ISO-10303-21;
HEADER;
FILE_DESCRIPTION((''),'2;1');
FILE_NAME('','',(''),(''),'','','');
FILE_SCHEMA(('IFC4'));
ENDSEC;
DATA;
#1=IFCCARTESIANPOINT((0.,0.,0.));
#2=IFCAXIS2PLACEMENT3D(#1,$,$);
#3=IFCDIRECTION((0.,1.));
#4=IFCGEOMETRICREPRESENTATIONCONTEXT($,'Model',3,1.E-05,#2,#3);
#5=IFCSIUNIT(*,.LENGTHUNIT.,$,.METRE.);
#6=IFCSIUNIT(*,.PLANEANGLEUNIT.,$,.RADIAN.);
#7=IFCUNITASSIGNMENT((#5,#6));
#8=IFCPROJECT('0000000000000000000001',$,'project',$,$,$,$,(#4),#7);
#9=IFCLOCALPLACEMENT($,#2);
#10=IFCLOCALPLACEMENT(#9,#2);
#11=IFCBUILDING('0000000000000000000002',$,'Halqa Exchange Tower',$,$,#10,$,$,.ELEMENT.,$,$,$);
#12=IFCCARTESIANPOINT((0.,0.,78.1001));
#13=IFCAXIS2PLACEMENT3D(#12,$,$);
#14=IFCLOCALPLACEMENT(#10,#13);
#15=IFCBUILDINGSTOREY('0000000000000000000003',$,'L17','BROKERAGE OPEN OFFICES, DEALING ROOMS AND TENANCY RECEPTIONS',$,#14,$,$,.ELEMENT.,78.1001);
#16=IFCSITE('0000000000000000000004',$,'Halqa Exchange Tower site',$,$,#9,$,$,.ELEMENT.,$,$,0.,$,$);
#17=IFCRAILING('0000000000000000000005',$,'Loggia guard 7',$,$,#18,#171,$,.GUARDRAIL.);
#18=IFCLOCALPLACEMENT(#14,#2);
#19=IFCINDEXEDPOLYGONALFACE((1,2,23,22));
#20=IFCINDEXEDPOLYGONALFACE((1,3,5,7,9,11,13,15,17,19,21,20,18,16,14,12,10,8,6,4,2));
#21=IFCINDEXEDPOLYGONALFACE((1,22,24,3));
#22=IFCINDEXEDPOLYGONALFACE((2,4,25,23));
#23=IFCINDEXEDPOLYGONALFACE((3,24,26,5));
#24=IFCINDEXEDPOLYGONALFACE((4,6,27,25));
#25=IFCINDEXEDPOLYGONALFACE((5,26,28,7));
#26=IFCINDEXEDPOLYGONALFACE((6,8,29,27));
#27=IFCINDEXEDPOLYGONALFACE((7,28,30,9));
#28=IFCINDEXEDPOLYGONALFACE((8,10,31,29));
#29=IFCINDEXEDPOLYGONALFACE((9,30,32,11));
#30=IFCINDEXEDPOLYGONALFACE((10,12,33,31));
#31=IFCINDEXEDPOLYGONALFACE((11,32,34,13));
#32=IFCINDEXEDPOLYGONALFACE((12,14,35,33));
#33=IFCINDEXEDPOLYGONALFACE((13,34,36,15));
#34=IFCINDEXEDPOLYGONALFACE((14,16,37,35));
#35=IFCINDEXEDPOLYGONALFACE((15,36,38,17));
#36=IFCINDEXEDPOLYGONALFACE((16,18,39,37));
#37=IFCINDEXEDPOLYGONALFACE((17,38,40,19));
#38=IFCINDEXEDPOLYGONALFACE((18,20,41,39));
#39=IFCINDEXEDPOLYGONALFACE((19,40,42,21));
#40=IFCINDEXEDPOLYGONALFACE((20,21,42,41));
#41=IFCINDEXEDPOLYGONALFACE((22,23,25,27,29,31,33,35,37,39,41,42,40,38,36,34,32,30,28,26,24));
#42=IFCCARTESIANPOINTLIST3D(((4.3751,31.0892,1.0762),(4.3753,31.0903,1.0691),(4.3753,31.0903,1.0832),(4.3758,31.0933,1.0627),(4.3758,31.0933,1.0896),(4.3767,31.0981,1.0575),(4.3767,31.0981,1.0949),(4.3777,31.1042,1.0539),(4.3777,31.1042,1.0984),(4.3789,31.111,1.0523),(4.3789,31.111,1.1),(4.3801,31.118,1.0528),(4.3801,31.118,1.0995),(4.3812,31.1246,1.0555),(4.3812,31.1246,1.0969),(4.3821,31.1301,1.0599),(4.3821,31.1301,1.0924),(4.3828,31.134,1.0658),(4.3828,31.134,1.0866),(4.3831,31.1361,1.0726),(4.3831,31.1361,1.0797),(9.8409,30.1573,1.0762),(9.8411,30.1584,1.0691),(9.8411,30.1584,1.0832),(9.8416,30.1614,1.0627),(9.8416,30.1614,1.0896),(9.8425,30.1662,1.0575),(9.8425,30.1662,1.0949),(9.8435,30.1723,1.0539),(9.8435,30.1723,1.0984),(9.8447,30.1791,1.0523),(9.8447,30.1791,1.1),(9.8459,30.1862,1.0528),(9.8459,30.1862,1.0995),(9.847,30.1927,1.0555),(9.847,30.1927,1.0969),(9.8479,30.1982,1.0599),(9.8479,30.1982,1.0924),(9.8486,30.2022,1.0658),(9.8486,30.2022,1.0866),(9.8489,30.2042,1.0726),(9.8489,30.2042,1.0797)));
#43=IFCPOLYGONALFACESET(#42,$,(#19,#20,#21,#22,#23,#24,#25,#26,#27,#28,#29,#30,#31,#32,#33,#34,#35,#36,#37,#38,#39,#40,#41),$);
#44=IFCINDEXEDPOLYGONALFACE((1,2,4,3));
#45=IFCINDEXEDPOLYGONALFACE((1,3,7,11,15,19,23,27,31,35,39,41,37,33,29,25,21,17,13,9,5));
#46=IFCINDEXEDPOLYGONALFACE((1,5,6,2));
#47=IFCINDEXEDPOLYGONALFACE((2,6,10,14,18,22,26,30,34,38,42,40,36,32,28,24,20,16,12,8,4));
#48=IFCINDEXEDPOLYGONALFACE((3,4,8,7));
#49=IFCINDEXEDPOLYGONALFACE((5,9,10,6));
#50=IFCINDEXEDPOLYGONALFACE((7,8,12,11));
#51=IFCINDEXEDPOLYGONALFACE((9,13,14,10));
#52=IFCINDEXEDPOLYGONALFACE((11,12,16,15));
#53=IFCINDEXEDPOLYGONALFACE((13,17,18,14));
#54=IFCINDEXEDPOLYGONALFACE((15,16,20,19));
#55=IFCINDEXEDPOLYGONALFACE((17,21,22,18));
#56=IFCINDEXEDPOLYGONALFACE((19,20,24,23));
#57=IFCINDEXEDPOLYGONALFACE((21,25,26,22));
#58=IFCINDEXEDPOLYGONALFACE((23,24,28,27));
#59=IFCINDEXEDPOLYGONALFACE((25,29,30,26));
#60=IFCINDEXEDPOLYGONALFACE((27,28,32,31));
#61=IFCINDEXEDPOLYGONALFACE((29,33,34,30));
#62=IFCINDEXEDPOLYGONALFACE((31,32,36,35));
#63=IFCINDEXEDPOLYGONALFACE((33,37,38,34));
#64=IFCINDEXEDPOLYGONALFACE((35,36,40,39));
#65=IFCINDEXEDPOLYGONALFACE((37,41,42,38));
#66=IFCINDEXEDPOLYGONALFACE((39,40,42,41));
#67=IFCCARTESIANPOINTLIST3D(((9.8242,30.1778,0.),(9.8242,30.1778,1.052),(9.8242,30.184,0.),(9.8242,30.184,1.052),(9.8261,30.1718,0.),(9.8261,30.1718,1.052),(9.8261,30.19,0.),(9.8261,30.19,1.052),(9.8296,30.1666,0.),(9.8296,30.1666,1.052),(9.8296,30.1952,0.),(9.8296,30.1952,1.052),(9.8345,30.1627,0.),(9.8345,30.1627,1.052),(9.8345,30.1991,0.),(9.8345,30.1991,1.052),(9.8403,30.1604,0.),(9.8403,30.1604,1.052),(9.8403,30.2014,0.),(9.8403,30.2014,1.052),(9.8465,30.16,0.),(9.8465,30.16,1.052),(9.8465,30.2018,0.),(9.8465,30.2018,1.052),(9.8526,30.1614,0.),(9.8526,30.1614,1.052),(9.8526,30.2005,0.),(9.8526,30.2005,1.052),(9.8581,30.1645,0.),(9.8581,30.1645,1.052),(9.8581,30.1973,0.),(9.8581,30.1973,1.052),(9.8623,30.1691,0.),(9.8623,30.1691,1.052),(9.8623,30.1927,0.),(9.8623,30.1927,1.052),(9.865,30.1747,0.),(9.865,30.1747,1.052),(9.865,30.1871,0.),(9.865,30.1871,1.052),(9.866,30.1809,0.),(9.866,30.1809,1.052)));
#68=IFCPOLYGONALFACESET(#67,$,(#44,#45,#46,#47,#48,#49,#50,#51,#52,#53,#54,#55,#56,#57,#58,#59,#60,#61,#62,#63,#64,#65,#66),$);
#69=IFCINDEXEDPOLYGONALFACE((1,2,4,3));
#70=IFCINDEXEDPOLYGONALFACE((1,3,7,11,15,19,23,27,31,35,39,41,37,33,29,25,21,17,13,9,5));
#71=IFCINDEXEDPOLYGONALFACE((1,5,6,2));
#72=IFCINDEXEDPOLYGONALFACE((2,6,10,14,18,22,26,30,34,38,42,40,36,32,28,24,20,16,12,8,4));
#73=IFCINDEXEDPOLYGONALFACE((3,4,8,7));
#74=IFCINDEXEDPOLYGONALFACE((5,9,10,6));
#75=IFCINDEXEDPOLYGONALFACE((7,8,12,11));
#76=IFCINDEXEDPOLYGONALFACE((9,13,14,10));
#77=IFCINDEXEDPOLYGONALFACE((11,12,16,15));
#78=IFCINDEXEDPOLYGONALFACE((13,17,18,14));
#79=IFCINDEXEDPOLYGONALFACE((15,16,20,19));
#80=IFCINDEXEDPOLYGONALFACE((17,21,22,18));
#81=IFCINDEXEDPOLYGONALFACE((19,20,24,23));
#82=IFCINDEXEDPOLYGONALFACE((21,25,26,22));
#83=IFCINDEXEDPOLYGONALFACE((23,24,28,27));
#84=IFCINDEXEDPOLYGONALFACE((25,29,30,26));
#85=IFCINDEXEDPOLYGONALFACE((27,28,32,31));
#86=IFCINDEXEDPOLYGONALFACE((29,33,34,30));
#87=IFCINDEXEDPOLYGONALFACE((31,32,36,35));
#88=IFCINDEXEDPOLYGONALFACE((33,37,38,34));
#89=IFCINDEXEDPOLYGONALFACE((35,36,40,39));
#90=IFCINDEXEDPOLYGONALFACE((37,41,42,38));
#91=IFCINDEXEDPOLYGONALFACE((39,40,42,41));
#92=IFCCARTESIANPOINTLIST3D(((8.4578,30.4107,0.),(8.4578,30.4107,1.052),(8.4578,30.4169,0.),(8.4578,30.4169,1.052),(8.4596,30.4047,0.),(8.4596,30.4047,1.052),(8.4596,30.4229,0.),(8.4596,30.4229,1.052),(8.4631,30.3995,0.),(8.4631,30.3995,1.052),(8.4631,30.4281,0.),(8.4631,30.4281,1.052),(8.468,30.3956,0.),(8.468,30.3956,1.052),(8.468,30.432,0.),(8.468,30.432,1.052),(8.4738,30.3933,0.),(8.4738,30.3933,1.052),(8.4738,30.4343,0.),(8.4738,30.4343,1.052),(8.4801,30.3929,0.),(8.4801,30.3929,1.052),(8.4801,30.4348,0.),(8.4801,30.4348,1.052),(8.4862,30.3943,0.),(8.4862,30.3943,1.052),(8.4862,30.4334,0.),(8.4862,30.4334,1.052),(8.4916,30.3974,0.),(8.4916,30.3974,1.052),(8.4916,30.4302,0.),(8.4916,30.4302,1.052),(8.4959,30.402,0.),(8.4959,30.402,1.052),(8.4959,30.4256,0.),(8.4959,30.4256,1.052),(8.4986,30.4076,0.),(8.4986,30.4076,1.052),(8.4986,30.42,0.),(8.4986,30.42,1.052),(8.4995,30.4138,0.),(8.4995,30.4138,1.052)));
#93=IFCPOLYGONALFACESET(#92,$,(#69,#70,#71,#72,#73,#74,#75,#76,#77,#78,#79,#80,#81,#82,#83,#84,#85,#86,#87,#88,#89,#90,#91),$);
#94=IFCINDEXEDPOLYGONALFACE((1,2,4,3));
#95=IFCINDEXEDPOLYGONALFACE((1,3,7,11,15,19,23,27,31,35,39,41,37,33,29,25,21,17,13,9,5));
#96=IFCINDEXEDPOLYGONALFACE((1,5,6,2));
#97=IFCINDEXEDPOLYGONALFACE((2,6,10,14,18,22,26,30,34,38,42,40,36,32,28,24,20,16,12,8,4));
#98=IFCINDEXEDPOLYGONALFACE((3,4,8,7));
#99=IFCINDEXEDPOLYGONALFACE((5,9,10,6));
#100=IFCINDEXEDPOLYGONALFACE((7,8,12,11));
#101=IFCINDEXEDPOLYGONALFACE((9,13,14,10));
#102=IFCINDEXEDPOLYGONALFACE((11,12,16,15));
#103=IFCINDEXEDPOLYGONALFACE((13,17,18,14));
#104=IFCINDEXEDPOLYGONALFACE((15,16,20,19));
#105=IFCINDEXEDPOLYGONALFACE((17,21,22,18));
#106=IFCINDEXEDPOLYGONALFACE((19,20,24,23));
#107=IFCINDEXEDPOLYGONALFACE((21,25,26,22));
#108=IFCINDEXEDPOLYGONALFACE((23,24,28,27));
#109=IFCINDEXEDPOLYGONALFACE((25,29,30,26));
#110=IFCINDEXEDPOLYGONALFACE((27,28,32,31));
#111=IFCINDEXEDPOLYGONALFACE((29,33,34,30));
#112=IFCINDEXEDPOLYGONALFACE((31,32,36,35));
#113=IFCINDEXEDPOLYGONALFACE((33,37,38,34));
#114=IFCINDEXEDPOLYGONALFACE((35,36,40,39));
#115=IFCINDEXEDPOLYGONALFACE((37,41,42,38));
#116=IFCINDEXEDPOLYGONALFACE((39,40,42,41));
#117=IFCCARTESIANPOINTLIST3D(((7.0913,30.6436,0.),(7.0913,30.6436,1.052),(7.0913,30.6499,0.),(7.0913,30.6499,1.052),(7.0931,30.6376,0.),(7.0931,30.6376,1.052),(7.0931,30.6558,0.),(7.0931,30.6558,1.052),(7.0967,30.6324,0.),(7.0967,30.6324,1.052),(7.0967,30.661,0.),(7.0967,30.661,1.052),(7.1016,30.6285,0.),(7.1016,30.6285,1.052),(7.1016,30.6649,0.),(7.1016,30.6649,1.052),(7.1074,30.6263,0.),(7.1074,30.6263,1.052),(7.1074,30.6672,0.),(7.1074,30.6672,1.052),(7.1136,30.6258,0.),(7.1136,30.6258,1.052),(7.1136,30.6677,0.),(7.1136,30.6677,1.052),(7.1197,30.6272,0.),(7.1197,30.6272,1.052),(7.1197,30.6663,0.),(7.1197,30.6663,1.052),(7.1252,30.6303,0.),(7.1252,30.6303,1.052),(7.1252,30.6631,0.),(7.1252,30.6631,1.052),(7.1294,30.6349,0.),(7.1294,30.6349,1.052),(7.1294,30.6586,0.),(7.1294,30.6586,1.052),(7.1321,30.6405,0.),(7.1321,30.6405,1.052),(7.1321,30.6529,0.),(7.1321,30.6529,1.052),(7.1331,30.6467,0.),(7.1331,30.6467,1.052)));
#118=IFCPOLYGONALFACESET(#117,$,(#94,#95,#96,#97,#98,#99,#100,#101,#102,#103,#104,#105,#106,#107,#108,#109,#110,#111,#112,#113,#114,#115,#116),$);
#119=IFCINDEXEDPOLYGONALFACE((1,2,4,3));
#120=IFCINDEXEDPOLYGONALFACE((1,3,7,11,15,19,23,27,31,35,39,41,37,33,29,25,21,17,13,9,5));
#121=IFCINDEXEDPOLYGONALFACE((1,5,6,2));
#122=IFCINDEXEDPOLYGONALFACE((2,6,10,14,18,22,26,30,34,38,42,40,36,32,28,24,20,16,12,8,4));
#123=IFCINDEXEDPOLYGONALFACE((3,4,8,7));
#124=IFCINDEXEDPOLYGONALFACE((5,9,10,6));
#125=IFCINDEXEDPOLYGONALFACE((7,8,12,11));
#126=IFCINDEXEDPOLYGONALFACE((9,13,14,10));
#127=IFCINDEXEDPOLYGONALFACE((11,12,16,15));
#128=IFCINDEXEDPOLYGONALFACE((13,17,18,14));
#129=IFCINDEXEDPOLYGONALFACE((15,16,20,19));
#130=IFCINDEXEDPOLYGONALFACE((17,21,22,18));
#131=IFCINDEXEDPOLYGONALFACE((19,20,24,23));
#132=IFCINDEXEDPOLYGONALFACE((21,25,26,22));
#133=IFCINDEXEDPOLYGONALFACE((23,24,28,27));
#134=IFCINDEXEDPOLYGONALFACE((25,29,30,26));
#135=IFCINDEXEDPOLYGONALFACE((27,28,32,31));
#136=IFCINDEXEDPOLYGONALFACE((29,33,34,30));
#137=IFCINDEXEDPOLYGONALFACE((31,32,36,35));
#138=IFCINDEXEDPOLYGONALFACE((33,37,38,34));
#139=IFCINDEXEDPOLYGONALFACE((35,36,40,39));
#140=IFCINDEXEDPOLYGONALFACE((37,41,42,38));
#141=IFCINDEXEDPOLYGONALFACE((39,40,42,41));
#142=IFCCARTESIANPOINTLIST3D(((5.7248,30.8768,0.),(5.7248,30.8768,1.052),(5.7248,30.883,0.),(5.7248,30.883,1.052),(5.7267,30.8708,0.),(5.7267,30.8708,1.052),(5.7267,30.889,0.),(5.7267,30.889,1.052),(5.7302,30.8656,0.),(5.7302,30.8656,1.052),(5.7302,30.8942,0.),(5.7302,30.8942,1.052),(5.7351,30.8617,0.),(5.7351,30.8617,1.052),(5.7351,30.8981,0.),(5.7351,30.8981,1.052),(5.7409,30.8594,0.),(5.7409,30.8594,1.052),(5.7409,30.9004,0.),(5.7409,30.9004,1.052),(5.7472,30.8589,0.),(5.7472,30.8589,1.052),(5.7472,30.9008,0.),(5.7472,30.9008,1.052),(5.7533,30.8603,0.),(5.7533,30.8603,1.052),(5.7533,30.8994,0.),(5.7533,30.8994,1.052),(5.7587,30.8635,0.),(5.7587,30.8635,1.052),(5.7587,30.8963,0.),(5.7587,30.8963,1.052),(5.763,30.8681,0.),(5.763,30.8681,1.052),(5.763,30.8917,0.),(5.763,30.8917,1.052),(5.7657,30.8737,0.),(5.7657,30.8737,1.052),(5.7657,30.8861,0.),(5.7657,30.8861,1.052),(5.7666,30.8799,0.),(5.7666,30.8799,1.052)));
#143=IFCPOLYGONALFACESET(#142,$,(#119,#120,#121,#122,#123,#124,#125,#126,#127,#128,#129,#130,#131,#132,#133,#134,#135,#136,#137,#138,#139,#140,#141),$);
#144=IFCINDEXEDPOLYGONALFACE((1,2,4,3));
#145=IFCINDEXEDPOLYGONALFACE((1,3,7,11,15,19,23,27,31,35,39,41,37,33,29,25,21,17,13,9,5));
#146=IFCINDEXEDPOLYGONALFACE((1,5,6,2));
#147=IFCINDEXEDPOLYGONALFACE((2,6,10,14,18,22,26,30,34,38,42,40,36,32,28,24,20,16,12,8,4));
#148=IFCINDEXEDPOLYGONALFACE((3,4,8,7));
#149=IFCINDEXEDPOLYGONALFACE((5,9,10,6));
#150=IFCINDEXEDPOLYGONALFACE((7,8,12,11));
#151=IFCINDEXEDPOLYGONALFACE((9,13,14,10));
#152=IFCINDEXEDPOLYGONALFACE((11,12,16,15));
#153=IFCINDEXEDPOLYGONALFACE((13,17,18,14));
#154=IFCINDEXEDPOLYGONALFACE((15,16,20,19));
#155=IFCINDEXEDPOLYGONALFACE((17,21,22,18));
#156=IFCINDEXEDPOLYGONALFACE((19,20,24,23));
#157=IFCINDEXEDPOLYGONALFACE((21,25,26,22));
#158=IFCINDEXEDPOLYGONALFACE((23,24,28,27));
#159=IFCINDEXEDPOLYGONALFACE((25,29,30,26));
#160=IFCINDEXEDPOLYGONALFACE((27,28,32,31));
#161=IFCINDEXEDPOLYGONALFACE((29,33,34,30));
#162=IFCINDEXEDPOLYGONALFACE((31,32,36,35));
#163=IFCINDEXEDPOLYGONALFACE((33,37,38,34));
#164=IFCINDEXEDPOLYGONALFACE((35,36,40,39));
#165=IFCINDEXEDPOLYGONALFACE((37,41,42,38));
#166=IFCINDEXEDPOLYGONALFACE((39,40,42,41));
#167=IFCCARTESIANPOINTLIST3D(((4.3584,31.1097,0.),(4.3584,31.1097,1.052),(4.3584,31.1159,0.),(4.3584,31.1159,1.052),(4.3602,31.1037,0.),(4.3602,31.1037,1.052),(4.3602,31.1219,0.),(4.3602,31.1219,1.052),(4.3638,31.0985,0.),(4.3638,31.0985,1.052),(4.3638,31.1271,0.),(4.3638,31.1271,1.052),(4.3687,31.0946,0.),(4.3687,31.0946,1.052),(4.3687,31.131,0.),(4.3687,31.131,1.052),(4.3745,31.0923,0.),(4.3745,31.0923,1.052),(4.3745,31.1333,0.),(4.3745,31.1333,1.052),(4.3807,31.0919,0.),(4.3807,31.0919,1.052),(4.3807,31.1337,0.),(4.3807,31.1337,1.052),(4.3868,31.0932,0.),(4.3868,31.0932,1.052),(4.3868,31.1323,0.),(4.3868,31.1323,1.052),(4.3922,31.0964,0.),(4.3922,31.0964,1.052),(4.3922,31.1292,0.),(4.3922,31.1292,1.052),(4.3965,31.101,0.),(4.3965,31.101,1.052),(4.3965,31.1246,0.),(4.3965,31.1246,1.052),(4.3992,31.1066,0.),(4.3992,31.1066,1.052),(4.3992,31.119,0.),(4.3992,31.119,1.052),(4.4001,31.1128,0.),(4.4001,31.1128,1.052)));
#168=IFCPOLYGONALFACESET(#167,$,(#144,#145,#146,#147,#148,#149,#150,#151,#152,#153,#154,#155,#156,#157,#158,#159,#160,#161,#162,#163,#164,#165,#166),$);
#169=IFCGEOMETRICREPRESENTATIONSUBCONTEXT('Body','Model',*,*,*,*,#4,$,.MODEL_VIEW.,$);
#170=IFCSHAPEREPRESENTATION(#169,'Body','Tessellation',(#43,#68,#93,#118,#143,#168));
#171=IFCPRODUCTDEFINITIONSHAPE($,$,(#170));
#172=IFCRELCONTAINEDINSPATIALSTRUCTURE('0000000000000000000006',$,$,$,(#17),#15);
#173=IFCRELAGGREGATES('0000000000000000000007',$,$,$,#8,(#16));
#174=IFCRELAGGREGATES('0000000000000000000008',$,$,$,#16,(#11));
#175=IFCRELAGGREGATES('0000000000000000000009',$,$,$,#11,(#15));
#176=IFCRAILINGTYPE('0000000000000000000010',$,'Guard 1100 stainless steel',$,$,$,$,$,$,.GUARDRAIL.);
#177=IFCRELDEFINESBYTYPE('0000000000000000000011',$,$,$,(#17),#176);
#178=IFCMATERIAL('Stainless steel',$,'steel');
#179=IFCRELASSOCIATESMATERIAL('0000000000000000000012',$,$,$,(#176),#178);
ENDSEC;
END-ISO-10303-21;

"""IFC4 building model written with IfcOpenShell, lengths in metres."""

from ifc_helpers import new_model, si_unit, direction, frame, origin, origin_2d, place, context, subcontext, project, spatial, circle, extrude, material, type_object, element, save


model = new_model("IFC4")

# Units and contexts
model_context = context("Model", 3, precision=1e-05, world=origin(), true_north=direction((0.0, 1.0)))
body_context = subcontext(model_context, "Body", "Model", "MODEL_VIEW")
ifc_project = project(units=[si_unit("LENGTHUNIT", "METRE"), si_unit("PLANEANGLEUNIT", "RADIAN")], contexts=[model_context])

# Site, building, storey
site_placement = place(None, origin())
site = spatial("IfcSite", under=ifc_project, at=site_placement, Name="Halqa Exchange Tower site", CompositionType="ELEMENT", RefElevation=0.0)
building_placement = place(site_placement, origin())
building = spatial("IfcBuilding", under=site, at=building_placement, Name="Halqa Exchange Tower", CompositionType="ELEMENT")
storey_placement = place(building_placement, frame((0.0, 0.0, 78.1001)))
storey = spatial("IfcBuildingStorey", under=building, at=storey_placement, Name="L17", Description="BROKERAGE OPEN OFFICES, DEALING ROOMS AND TENANCY RECEPTIONS", CompositionType="ELEMENT", Elevation=78.1001)

# Railing
ifc_material_1 = material(Name="Stainless steel", Category="steel")
railing_type_1 = type_object("IfcRailingType", Name="Guard 1100 stainless steel", PredefinedType="GUARDRAIL", material=ifc_material_1)
railing_1_placement = place(storey_placement, frame((9.845, 30.1809, 0.0)))
element("IfcRailing", 1, at=railing_1_placement, inside=storey, type_object=railing_type_1, Name="Loggia guard 7", PredefinedType="GUARDRAIL", context=body_context, shape_type="SweptSolid", body=[
    extrude(circle(Radius=0.0239, at=origin_2d()), frame((0.0, 0.0, 1.0762), z_axis=(-0.985775, 0.168068, 0.0), x_axis=(-0.168068, -0.985775, 0.0)), (0.0, 0.0, 1.0), 5.5447),
    extrude(circle(Radius=0.021, at=origin_2d()), origin(), (0.0, 0.0, 1.0), 1.052),
    extrude(circle(Radius=0.021, at=origin_2d()), frame((-1.3665, 0.2329, 0.0)), (0.0, 0.0, 1.0), 1.052),
    extrude(circle(Radius=0.021, at=origin_2d()), frame((-2.7329, 0.4658, 0.0)), (0.0, 0.0, 1.0), 1.052),
    extrude(circle(Radius=0.021, at=origin_2d()), frame((-4.0994, 0.699, 0.0)), (0.0, 0.0, 1.0), 1.052),
    extrude(circle(Radius=0.021, at=origin_2d()), frame((-5.4658, 0.9319, 0.0)), (0.0, 0.0, 1.0), 1.052),
])

save(model, "model.ifc")
